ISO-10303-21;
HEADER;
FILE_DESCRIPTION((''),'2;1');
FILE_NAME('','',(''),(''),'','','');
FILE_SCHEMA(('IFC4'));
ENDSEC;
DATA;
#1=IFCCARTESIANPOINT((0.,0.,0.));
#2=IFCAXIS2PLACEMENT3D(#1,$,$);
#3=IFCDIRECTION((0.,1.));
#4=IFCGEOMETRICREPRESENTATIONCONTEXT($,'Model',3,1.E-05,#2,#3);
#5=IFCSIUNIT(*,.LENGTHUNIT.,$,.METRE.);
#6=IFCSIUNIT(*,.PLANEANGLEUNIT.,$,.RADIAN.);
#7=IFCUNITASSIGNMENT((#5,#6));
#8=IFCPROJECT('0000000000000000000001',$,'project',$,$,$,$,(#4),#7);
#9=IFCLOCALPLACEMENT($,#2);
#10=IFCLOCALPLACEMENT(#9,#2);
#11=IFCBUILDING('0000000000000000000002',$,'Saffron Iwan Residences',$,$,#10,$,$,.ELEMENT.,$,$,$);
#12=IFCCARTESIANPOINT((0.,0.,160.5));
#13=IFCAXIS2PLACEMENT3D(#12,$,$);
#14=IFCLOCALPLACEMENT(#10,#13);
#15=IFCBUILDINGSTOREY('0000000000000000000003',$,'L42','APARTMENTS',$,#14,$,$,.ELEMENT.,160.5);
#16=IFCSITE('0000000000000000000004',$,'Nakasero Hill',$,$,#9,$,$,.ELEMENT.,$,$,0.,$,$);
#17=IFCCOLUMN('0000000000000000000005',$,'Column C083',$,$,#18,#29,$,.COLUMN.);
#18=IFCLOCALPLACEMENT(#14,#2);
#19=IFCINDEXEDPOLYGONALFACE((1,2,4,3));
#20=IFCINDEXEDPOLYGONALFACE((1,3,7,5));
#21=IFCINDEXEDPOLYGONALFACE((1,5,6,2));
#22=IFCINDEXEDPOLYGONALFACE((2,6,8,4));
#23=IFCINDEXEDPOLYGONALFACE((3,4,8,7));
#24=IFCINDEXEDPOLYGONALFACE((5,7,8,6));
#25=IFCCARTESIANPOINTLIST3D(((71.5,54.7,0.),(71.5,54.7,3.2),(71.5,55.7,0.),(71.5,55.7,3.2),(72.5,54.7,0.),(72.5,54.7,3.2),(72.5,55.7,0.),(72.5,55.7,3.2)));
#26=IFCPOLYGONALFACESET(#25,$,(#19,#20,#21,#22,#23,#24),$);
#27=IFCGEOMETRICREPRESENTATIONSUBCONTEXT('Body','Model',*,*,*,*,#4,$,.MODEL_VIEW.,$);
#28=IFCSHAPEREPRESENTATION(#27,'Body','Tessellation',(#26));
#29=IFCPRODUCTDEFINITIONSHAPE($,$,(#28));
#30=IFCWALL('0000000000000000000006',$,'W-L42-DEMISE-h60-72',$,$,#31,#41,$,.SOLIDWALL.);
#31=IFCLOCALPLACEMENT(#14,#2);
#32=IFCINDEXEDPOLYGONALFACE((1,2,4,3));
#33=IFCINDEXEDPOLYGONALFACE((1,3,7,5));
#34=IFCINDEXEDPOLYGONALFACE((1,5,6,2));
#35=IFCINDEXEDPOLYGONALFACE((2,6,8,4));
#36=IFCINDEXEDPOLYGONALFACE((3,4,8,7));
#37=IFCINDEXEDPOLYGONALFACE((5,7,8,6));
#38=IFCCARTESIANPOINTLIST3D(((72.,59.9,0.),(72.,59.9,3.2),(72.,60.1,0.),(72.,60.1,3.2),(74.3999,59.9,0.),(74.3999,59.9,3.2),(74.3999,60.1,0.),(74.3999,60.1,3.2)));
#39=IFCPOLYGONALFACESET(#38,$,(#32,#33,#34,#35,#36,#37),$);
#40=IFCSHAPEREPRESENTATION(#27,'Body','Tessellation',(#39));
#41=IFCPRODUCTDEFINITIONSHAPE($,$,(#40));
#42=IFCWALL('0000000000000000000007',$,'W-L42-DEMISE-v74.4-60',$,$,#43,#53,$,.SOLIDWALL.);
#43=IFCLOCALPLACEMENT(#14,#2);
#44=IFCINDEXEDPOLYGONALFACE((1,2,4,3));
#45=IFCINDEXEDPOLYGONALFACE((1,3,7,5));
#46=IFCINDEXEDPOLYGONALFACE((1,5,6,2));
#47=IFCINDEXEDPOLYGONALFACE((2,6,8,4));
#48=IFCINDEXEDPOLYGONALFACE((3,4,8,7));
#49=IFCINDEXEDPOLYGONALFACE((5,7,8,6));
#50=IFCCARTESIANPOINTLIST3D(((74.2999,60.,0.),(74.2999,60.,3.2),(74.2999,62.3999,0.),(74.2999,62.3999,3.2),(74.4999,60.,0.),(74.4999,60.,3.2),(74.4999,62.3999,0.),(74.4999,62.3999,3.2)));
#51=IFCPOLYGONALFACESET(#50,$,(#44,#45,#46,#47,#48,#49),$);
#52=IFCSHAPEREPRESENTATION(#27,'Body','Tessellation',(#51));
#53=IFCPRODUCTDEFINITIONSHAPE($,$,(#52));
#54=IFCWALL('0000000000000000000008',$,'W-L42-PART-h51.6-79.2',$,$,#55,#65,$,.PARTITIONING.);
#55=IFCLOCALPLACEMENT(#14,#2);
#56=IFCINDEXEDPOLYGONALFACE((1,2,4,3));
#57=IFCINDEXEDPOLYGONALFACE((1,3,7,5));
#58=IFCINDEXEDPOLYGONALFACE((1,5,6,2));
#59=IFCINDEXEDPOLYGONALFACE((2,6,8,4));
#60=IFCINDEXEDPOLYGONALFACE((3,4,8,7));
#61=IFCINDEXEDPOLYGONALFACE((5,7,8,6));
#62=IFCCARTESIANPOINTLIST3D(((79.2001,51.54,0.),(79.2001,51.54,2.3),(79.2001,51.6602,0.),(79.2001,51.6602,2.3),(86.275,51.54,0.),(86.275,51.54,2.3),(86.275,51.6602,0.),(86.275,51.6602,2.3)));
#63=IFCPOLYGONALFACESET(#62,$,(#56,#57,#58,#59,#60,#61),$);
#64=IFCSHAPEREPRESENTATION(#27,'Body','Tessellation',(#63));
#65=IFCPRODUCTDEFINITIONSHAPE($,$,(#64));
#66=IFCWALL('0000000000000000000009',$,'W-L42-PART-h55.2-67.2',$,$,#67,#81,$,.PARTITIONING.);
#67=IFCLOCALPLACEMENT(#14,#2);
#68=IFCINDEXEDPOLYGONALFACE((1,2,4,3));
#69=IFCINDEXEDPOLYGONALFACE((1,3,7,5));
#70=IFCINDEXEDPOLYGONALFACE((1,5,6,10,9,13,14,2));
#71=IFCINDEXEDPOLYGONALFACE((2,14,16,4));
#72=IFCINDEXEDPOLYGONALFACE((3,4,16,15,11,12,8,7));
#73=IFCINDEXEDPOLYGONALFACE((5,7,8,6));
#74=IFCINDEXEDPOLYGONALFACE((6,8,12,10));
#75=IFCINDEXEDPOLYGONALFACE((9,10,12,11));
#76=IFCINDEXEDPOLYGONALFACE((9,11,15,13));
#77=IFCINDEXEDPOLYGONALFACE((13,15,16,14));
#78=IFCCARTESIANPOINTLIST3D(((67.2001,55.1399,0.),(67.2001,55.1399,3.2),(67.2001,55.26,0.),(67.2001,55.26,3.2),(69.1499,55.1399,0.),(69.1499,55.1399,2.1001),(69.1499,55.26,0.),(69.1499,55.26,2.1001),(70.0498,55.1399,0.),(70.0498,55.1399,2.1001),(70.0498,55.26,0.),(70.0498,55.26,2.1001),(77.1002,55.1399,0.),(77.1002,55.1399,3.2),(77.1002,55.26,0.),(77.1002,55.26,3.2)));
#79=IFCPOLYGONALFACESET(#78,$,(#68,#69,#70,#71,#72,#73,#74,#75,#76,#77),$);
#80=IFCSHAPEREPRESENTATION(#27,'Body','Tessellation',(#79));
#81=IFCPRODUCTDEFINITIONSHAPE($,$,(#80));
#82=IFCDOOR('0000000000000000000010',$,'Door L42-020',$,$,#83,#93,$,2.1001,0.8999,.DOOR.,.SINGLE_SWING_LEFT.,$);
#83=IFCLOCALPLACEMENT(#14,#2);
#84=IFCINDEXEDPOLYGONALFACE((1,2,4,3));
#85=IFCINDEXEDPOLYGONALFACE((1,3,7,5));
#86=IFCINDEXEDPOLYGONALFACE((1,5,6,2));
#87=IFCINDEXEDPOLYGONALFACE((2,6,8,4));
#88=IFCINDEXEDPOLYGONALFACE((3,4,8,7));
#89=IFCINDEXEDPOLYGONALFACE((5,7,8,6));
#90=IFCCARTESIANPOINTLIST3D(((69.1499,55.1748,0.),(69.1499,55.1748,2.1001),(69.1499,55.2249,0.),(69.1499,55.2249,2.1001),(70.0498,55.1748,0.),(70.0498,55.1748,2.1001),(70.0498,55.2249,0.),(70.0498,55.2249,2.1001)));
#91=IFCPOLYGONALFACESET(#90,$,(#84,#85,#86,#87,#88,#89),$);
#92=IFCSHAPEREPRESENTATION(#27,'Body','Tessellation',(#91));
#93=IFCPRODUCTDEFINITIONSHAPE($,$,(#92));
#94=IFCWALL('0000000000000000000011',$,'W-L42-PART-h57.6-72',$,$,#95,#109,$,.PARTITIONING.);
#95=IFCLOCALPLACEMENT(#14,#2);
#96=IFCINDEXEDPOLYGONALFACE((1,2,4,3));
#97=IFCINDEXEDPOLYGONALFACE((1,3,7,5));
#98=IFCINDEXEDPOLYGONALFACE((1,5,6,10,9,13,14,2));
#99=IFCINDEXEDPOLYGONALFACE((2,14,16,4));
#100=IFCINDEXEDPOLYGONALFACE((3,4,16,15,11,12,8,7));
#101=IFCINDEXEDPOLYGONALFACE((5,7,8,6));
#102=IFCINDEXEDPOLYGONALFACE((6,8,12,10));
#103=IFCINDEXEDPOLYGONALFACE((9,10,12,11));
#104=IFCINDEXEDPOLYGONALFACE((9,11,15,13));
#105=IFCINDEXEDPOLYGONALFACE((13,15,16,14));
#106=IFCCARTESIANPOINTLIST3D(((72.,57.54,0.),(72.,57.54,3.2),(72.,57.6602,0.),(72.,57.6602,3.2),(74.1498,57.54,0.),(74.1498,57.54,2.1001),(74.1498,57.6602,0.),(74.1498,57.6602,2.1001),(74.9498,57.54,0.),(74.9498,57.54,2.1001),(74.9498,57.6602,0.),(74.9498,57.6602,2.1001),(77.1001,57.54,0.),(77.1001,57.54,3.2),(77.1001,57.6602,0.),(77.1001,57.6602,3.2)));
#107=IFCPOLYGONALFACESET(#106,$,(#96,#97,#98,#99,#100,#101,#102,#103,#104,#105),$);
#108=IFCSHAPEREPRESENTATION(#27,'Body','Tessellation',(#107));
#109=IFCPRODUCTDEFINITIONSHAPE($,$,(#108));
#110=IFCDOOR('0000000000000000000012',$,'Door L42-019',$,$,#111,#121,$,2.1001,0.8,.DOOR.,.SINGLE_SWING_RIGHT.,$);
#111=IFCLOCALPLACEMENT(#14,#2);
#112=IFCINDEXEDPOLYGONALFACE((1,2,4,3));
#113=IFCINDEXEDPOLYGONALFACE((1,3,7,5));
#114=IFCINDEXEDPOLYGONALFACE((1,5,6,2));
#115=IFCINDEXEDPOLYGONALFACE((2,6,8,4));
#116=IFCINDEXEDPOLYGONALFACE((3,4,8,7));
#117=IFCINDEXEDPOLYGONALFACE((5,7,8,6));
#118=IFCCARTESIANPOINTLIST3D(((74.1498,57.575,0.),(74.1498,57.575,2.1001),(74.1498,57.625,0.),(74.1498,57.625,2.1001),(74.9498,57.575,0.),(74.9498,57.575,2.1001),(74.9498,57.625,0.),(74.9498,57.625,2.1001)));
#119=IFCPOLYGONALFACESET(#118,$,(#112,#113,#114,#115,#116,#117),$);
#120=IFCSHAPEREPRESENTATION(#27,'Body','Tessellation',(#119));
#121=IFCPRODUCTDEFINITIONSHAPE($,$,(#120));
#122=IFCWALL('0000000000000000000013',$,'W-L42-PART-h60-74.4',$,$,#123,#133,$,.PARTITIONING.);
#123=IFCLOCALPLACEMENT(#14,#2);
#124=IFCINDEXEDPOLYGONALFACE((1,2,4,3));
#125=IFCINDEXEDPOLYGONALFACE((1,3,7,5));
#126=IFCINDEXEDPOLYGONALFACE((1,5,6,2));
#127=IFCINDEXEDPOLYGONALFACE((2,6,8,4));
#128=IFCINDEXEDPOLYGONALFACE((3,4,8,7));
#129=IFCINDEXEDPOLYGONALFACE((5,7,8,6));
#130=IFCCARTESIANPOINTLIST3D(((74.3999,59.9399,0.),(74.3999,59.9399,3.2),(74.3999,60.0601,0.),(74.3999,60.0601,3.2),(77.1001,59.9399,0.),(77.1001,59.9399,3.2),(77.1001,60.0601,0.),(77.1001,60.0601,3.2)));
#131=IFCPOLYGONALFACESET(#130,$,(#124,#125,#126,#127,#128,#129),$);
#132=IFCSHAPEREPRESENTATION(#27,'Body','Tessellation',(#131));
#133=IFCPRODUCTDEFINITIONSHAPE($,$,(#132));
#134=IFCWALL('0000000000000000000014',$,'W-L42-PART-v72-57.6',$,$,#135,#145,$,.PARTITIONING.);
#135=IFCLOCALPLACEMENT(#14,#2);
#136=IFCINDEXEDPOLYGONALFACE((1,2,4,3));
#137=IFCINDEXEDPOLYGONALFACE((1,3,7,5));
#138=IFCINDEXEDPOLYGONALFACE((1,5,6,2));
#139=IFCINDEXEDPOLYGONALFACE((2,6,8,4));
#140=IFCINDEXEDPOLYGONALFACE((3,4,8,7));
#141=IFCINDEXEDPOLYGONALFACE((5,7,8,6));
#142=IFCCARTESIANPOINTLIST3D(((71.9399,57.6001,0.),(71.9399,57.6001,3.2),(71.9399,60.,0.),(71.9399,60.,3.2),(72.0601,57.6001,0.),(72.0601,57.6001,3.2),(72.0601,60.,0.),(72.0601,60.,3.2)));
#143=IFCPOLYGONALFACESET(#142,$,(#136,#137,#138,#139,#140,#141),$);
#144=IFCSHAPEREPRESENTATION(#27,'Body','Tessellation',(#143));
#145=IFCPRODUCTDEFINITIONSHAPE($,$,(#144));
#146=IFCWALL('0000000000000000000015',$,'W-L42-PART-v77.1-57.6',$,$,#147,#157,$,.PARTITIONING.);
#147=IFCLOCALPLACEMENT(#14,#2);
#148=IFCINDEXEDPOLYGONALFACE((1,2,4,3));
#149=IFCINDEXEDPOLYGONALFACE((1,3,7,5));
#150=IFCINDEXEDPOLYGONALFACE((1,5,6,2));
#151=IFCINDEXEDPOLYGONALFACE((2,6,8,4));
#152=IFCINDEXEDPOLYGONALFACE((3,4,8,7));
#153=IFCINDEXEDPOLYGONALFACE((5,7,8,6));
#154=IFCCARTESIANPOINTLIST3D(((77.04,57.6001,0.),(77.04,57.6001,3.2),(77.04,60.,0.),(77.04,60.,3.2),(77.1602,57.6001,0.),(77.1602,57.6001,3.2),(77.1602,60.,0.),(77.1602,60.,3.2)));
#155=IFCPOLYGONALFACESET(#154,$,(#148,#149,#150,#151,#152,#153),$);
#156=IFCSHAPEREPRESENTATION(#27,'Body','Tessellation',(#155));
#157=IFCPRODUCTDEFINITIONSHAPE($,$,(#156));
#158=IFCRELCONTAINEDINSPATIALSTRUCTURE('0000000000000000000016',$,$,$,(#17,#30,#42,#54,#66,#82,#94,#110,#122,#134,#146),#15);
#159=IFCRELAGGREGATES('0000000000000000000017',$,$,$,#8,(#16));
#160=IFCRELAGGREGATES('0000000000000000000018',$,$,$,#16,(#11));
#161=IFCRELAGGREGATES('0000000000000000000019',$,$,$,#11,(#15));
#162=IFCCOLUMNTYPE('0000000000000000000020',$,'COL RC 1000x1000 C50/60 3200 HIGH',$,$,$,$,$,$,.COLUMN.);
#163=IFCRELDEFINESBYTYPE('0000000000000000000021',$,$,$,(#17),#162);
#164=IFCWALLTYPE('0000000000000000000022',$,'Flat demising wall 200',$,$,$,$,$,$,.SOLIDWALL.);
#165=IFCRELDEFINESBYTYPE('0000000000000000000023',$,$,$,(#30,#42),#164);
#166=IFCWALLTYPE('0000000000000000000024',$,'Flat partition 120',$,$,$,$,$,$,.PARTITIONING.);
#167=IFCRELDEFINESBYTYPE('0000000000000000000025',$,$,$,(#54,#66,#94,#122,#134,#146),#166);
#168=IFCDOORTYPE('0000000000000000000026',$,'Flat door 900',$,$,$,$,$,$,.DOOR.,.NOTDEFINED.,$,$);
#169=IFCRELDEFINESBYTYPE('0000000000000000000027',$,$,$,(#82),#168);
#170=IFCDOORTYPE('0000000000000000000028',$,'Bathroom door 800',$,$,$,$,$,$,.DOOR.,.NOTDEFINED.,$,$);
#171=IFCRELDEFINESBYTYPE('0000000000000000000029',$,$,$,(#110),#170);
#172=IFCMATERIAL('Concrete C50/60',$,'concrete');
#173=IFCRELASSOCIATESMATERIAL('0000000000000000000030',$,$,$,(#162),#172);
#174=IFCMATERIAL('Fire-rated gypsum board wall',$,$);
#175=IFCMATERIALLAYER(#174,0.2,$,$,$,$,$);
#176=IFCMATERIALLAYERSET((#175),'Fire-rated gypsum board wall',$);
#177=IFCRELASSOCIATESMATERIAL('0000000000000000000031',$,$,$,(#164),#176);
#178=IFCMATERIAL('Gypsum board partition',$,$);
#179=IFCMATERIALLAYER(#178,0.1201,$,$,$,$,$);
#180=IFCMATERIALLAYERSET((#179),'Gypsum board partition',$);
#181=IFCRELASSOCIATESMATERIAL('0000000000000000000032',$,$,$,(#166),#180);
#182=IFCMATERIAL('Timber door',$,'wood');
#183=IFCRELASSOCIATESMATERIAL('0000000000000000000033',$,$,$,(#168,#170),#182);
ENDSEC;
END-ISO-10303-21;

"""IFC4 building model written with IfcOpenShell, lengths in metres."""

from ifc_helpers import new_model, si_unit, direction, frame, frame_2d, origin, origin_2d, place, context, subcontext, project, spatial, rectangle, extrude, source, transform, mapped, material, layer, layer_set, material_profile, profile_set, type_object, element, fill, save


model = new_model("IFC4")

# Units and contexts
model_context = context("Model", 3, precision=1e-05, world=origin(), true_north=direction((0.0, 1.0)))
body_context = subcontext(model_context, "Body", "Model", "MODEL_VIEW")
ifc_project = project(units=[si_unit("LENGTHUNIT", "METRE"), si_unit("PLANEANGLEUNIT", "RADIAN")], contexts=[model_context])

# Site, building, storey
site_placement = place(None, origin())
site = spatial("IfcSite", under=ifc_project, at=site_placement, Name="Nakasero Hill", CompositionType="ELEMENT", RefElevation=0.0)
building_placement = place(site_placement, origin())
building = spatial("IfcBuilding", under=site, at=building_placement, Name="Saffron Iwan Residences", CompositionType="ELEMENT")
storey_placement = place(building_placement, frame((0.0, 0.0, 160.5)))
storey = spatial("IfcBuildingStorey", under=building, at=storey_placement, Name="L42", Description="APARTMENTS", CompositionType="ELEMENT", Elevation=160.5)

# Column
ifc_material_1 = material(Name="Concrete C50/60", Category="concrete")
ifc_material_profile = material_profile(ifc_material_1, rectangle(XDim=1.0, YDim=1.0, at=origin_2d()), Name="RC 1000x1000")
ifc_profile_set = profile_set([ifc_material_profile], Name="Concrete C50/60")
column_type = type_object("IfcColumnType", Name="COL RC 1000x1000 C50/60 3200 HIGH", PredefinedType="COLUMN", material=ifc_profile_set)
shared_shape = source(origin(), body_context, "Body", "SweptSolid", [
    extrude(rectangle(XDim=1.0, YDim=1.0, at=origin_2d()), origin(), (0.0, 0.0, 1.0), 3.2),
])
column_placement = place(storey_placement, frame((72.0, 55.2, 0.0), z_axis=(0.0, 0.0, 1.0), x_axis=(1.0, 0.0, 0.0)))
element("IfcColumn", 1, at=column_placement, inside=storey, type_object=column_type, Name="Column C083", PredefinedType="COLUMN", context=body_context, shape_type="MappedRepresentation", body=[
    mapped(shared_shape, transform((0.0, 0.0, 0.0))),
])

# Walls
ifc_material_2 = material(Name="Fire-rated gypsum board wall")
ifc_layer_1 = layer(ifc_material_2, 0.2)
ifc_layer_set_1 = layer_set([ifc_layer_1], Name="Fire-rated gypsum board wall")
wall_type_1 = type_object("IfcWallType", Name="Flat demising wall 200", PredefinedType="SOLIDWALL", material=ifc_layer_set_1)
for number, where, z_axis, x_axis, name in (
    (2, (72.0, 60.0, 0.0), (0.0, 0.0, 1.0), (1.0, 0.0, 0.0), "W-L42-DEMISE-h60-72"),
    (3, (74.3999, 60.0, 0.0), (0.0, 0.0, 1.0), (0.0, 1.0, 0.0), "W-L42-DEMISE-v74.4-60"),
):
    element("IfcWall", number, at=place(storey_placement, frame(where, z_axis=z_axis, x_axis=x_axis)), inside=storey, type_object=wall_type_1, Name=name, PredefinedType="SOLIDWALL", context=body_context, shape_type="SweptSolid", body=[
        extrude(rectangle(XDim=2.3999, YDim=0.2, at=frame_2d((1.2, 0.0))), origin(), (0.0, 0.0, 1.0), 3.2),
    ])
ifc_material_3 = material(Name="Gypsum board partition")
ifc_layer_2 = layer(ifc_material_3, 0.1201)
ifc_layer_set_2 = layer_set([ifc_layer_2], Name="Gypsum board partition")
wall_type_2 = type_object("IfcWallType", Name="Flat partition 120", PredefinedType="PARTITIONING", material=ifc_layer_set_2)
wall_1_placement = place(storey_placement, frame((79.2, 51.6001, 0.0), z_axis=(0.0, 0.0, 1.0), x_axis=(1.0, 0.0, 0.0)))
element("IfcWall", 4, at=wall_1_placement, inside=storey, type_object=wall_type_2, Name="W-L42-PART-h51.6-79.2", PredefinedType="PARTITIONING", context=body_context, shape_type="SweptSolid", body=[
    extrude(rectangle(XDim=7.075, YDim=0.1201, at=frame_2d((3.5376, 0.0))), origin(), (0.0, 0.0, 1.0), 2.3),
])

# Walls, openings, doors
wall_2_placement = place(storey_placement, frame((67.2, 55.2, 0.0), z_axis=(0.0, 0.0, 1.0), x_axis=(1.0, 0.0, 0.0)))
wall_2 = element("IfcWall", 5, at=wall_2_placement, inside=storey, type_object=wall_type_2, Name="W-L42-PART-h55.2-67.2", PredefinedType="PARTITIONING", context=body_context, shape_type="SweptSolid", body=[
    extrude(rectangle(XDim=9.9001, YDim=0.1201, at=frame_2d((4.9502, 0.0))), origin(), (0.0, 0.0, 1.0), 3.2),
])
opening_1_placement = place(wall_2_placement, frame((1.95, 0.0, 0.0)))
opening_1 = element("IfcOpeningElement", 6, at=opening_1_placement, cuts=wall_2, PredefinedType="OPENING", context=body_context, shape_type="SweptSolid", body=[
    extrude(rectangle(XDim=0.8999, YDim=2.1001, at=frame_2d((0.45, 1.05))), frame((0.0, 0.0701, 0.0), z_axis=(0.0, -1.0, 0.0), x_axis=(1.0, 0.0, 0.0)), (0.0, 0.0, 1.0), 0.1401),
])
ifc_material_4 = material(Name="Timber door", Category="wood")
door_type_1 = type_object("IfcDoorType", Name="Flat door 900", OperationType="NOTDEFINED", PredefinedType="DOOR", material=ifc_material_4)
door_1_placement = place(opening_1_placement, origin())
door_1 = element("IfcDoor", 7, at=door_1_placement, inside=storey, type_object=door_type_1, Name="Door L42-020", OperationType="SINGLE_SWING_LEFT", OverallHeight=2.1001, OverallWidth=0.8999, PredefinedType="DOOR", context=body_context, shape_type="SweptSolid", body=[
    extrude(rectangle(XDim=0.8999, YDim=2.1001, at=frame_2d((0.45, 1.05))), frame((0.0, 0.0249, 0.0), z_axis=(0.0, -1.0, 0.0), x_axis=(1.0, 0.0, 0.0)), (0.0, 0.0, 1.0), 0.05),
])
fill(opening_1, door_1)
wall_3_placement = place(storey_placement, frame((72.0, 57.6001, 0.0), z_axis=(0.0, 0.0, 1.0), x_axis=(1.0, 0.0, 0.0)))
wall_3 = element("IfcWall", 8, at=wall_3_placement, inside=storey, type_object=wall_type_2, Name="W-L42-PART-h57.6-72", PredefinedType="PARTITIONING", context=body_context, shape_type="SweptSolid", body=[
    extrude(rectangle(XDim=5.1001, YDim=0.1201, at=frame_2d((2.55, 0.0))), origin(), (0.0, 0.0, 1.0), 3.2),
])
opening_2_placement = place(wall_3_placement, frame((2.1499, 0.0, 0.0)))
opening_2 = element("IfcOpeningElement", 9, at=opening_2_placement, cuts=wall_3, PredefinedType="OPENING", context=body_context, shape_type="SweptSolid", body=[
    extrude(rectangle(XDim=0.8, YDim=2.1001, at=frame_2d((0.3999, 1.05))), frame((0.0, 0.0701, 0.0), z_axis=(0.0, -1.0, 0.0), x_axis=(1.0, 0.0, 0.0)), (0.0, 0.0, 1.0), 0.1401),
])
door_type_2 = type_object("IfcDoorType", Name="Bathroom door 800", OperationType="NOTDEFINED", PredefinedType="DOOR", material=ifc_material_4)
door_2_placement = place(opening_2_placement, origin())
door_2 = element("IfcDoor", 10, at=door_2_placement, inside=storey, type_object=door_type_2, Name="Door L42-019", OperationType="SINGLE_SWING_RIGHT", OverallHeight=2.1001, OverallWidth=0.8, PredefinedType="DOOR", context=body_context, shape_type="SweptSolid", body=[
    extrude(rectangle(XDim=0.8, YDim=2.1001, at=frame_2d((0.3999, 1.05))), frame((0.0, 0.0249, 0.0), z_axis=(0.0, -1.0, 0.0), x_axis=(1.0, 0.0, 0.0)), (0.0, 0.0, 1.0), 0.05),
])
fill(opening_2, door_2)

# Walls
wall_4_placement = place(storey_placement, frame((74.3999, 60.0, 0.0), z_axis=(0.0, 0.0, 1.0), x_axis=(1.0, 0.0, 0.0)))
element("IfcWall", 11, at=wall_4_placement, inside=storey, type_object=wall_type_2, Name="W-L42-PART-h60-74.4", PredefinedType="PARTITIONING", context=body_context, shape_type="SweptSolid", body=[
    extrude(rectangle(XDim=2.7002, YDim=0.1201, at=frame_2d((1.3501, 0.0))), origin(), (0.0, 0.0, 1.0), 3.2),
])
for number, where, z_axis, x_axis, name in (
    (12, (72.0, 57.6001, 0.0), (0.0, 0.0, 1.0), (0.0, 1.0, 0.0), "W-L42-PART-v72-57.6"),
    (13, (77.1001, 57.6001, 0.0), (0.0, 0.0, 1.0), (0.0, 1.0, 0.0), "W-L42-PART-v77.1-57.6"),
):
    element("IfcWall", number, at=place(storey_placement, frame(where, z_axis=z_axis, x_axis=x_axis)), inside=storey, type_object=wall_type_2, Name=name, PredefinedType="PARTITIONING", context=body_context, shape_type="SweptSolid", body=[
        extrude(rectangle(XDim=2.3999, YDim=0.1201, at=frame_2d((1.2, 0.0))), origin(), (0.0, 0.0, 1.0), 3.2),
    ])

save(model, "model.ifc")
